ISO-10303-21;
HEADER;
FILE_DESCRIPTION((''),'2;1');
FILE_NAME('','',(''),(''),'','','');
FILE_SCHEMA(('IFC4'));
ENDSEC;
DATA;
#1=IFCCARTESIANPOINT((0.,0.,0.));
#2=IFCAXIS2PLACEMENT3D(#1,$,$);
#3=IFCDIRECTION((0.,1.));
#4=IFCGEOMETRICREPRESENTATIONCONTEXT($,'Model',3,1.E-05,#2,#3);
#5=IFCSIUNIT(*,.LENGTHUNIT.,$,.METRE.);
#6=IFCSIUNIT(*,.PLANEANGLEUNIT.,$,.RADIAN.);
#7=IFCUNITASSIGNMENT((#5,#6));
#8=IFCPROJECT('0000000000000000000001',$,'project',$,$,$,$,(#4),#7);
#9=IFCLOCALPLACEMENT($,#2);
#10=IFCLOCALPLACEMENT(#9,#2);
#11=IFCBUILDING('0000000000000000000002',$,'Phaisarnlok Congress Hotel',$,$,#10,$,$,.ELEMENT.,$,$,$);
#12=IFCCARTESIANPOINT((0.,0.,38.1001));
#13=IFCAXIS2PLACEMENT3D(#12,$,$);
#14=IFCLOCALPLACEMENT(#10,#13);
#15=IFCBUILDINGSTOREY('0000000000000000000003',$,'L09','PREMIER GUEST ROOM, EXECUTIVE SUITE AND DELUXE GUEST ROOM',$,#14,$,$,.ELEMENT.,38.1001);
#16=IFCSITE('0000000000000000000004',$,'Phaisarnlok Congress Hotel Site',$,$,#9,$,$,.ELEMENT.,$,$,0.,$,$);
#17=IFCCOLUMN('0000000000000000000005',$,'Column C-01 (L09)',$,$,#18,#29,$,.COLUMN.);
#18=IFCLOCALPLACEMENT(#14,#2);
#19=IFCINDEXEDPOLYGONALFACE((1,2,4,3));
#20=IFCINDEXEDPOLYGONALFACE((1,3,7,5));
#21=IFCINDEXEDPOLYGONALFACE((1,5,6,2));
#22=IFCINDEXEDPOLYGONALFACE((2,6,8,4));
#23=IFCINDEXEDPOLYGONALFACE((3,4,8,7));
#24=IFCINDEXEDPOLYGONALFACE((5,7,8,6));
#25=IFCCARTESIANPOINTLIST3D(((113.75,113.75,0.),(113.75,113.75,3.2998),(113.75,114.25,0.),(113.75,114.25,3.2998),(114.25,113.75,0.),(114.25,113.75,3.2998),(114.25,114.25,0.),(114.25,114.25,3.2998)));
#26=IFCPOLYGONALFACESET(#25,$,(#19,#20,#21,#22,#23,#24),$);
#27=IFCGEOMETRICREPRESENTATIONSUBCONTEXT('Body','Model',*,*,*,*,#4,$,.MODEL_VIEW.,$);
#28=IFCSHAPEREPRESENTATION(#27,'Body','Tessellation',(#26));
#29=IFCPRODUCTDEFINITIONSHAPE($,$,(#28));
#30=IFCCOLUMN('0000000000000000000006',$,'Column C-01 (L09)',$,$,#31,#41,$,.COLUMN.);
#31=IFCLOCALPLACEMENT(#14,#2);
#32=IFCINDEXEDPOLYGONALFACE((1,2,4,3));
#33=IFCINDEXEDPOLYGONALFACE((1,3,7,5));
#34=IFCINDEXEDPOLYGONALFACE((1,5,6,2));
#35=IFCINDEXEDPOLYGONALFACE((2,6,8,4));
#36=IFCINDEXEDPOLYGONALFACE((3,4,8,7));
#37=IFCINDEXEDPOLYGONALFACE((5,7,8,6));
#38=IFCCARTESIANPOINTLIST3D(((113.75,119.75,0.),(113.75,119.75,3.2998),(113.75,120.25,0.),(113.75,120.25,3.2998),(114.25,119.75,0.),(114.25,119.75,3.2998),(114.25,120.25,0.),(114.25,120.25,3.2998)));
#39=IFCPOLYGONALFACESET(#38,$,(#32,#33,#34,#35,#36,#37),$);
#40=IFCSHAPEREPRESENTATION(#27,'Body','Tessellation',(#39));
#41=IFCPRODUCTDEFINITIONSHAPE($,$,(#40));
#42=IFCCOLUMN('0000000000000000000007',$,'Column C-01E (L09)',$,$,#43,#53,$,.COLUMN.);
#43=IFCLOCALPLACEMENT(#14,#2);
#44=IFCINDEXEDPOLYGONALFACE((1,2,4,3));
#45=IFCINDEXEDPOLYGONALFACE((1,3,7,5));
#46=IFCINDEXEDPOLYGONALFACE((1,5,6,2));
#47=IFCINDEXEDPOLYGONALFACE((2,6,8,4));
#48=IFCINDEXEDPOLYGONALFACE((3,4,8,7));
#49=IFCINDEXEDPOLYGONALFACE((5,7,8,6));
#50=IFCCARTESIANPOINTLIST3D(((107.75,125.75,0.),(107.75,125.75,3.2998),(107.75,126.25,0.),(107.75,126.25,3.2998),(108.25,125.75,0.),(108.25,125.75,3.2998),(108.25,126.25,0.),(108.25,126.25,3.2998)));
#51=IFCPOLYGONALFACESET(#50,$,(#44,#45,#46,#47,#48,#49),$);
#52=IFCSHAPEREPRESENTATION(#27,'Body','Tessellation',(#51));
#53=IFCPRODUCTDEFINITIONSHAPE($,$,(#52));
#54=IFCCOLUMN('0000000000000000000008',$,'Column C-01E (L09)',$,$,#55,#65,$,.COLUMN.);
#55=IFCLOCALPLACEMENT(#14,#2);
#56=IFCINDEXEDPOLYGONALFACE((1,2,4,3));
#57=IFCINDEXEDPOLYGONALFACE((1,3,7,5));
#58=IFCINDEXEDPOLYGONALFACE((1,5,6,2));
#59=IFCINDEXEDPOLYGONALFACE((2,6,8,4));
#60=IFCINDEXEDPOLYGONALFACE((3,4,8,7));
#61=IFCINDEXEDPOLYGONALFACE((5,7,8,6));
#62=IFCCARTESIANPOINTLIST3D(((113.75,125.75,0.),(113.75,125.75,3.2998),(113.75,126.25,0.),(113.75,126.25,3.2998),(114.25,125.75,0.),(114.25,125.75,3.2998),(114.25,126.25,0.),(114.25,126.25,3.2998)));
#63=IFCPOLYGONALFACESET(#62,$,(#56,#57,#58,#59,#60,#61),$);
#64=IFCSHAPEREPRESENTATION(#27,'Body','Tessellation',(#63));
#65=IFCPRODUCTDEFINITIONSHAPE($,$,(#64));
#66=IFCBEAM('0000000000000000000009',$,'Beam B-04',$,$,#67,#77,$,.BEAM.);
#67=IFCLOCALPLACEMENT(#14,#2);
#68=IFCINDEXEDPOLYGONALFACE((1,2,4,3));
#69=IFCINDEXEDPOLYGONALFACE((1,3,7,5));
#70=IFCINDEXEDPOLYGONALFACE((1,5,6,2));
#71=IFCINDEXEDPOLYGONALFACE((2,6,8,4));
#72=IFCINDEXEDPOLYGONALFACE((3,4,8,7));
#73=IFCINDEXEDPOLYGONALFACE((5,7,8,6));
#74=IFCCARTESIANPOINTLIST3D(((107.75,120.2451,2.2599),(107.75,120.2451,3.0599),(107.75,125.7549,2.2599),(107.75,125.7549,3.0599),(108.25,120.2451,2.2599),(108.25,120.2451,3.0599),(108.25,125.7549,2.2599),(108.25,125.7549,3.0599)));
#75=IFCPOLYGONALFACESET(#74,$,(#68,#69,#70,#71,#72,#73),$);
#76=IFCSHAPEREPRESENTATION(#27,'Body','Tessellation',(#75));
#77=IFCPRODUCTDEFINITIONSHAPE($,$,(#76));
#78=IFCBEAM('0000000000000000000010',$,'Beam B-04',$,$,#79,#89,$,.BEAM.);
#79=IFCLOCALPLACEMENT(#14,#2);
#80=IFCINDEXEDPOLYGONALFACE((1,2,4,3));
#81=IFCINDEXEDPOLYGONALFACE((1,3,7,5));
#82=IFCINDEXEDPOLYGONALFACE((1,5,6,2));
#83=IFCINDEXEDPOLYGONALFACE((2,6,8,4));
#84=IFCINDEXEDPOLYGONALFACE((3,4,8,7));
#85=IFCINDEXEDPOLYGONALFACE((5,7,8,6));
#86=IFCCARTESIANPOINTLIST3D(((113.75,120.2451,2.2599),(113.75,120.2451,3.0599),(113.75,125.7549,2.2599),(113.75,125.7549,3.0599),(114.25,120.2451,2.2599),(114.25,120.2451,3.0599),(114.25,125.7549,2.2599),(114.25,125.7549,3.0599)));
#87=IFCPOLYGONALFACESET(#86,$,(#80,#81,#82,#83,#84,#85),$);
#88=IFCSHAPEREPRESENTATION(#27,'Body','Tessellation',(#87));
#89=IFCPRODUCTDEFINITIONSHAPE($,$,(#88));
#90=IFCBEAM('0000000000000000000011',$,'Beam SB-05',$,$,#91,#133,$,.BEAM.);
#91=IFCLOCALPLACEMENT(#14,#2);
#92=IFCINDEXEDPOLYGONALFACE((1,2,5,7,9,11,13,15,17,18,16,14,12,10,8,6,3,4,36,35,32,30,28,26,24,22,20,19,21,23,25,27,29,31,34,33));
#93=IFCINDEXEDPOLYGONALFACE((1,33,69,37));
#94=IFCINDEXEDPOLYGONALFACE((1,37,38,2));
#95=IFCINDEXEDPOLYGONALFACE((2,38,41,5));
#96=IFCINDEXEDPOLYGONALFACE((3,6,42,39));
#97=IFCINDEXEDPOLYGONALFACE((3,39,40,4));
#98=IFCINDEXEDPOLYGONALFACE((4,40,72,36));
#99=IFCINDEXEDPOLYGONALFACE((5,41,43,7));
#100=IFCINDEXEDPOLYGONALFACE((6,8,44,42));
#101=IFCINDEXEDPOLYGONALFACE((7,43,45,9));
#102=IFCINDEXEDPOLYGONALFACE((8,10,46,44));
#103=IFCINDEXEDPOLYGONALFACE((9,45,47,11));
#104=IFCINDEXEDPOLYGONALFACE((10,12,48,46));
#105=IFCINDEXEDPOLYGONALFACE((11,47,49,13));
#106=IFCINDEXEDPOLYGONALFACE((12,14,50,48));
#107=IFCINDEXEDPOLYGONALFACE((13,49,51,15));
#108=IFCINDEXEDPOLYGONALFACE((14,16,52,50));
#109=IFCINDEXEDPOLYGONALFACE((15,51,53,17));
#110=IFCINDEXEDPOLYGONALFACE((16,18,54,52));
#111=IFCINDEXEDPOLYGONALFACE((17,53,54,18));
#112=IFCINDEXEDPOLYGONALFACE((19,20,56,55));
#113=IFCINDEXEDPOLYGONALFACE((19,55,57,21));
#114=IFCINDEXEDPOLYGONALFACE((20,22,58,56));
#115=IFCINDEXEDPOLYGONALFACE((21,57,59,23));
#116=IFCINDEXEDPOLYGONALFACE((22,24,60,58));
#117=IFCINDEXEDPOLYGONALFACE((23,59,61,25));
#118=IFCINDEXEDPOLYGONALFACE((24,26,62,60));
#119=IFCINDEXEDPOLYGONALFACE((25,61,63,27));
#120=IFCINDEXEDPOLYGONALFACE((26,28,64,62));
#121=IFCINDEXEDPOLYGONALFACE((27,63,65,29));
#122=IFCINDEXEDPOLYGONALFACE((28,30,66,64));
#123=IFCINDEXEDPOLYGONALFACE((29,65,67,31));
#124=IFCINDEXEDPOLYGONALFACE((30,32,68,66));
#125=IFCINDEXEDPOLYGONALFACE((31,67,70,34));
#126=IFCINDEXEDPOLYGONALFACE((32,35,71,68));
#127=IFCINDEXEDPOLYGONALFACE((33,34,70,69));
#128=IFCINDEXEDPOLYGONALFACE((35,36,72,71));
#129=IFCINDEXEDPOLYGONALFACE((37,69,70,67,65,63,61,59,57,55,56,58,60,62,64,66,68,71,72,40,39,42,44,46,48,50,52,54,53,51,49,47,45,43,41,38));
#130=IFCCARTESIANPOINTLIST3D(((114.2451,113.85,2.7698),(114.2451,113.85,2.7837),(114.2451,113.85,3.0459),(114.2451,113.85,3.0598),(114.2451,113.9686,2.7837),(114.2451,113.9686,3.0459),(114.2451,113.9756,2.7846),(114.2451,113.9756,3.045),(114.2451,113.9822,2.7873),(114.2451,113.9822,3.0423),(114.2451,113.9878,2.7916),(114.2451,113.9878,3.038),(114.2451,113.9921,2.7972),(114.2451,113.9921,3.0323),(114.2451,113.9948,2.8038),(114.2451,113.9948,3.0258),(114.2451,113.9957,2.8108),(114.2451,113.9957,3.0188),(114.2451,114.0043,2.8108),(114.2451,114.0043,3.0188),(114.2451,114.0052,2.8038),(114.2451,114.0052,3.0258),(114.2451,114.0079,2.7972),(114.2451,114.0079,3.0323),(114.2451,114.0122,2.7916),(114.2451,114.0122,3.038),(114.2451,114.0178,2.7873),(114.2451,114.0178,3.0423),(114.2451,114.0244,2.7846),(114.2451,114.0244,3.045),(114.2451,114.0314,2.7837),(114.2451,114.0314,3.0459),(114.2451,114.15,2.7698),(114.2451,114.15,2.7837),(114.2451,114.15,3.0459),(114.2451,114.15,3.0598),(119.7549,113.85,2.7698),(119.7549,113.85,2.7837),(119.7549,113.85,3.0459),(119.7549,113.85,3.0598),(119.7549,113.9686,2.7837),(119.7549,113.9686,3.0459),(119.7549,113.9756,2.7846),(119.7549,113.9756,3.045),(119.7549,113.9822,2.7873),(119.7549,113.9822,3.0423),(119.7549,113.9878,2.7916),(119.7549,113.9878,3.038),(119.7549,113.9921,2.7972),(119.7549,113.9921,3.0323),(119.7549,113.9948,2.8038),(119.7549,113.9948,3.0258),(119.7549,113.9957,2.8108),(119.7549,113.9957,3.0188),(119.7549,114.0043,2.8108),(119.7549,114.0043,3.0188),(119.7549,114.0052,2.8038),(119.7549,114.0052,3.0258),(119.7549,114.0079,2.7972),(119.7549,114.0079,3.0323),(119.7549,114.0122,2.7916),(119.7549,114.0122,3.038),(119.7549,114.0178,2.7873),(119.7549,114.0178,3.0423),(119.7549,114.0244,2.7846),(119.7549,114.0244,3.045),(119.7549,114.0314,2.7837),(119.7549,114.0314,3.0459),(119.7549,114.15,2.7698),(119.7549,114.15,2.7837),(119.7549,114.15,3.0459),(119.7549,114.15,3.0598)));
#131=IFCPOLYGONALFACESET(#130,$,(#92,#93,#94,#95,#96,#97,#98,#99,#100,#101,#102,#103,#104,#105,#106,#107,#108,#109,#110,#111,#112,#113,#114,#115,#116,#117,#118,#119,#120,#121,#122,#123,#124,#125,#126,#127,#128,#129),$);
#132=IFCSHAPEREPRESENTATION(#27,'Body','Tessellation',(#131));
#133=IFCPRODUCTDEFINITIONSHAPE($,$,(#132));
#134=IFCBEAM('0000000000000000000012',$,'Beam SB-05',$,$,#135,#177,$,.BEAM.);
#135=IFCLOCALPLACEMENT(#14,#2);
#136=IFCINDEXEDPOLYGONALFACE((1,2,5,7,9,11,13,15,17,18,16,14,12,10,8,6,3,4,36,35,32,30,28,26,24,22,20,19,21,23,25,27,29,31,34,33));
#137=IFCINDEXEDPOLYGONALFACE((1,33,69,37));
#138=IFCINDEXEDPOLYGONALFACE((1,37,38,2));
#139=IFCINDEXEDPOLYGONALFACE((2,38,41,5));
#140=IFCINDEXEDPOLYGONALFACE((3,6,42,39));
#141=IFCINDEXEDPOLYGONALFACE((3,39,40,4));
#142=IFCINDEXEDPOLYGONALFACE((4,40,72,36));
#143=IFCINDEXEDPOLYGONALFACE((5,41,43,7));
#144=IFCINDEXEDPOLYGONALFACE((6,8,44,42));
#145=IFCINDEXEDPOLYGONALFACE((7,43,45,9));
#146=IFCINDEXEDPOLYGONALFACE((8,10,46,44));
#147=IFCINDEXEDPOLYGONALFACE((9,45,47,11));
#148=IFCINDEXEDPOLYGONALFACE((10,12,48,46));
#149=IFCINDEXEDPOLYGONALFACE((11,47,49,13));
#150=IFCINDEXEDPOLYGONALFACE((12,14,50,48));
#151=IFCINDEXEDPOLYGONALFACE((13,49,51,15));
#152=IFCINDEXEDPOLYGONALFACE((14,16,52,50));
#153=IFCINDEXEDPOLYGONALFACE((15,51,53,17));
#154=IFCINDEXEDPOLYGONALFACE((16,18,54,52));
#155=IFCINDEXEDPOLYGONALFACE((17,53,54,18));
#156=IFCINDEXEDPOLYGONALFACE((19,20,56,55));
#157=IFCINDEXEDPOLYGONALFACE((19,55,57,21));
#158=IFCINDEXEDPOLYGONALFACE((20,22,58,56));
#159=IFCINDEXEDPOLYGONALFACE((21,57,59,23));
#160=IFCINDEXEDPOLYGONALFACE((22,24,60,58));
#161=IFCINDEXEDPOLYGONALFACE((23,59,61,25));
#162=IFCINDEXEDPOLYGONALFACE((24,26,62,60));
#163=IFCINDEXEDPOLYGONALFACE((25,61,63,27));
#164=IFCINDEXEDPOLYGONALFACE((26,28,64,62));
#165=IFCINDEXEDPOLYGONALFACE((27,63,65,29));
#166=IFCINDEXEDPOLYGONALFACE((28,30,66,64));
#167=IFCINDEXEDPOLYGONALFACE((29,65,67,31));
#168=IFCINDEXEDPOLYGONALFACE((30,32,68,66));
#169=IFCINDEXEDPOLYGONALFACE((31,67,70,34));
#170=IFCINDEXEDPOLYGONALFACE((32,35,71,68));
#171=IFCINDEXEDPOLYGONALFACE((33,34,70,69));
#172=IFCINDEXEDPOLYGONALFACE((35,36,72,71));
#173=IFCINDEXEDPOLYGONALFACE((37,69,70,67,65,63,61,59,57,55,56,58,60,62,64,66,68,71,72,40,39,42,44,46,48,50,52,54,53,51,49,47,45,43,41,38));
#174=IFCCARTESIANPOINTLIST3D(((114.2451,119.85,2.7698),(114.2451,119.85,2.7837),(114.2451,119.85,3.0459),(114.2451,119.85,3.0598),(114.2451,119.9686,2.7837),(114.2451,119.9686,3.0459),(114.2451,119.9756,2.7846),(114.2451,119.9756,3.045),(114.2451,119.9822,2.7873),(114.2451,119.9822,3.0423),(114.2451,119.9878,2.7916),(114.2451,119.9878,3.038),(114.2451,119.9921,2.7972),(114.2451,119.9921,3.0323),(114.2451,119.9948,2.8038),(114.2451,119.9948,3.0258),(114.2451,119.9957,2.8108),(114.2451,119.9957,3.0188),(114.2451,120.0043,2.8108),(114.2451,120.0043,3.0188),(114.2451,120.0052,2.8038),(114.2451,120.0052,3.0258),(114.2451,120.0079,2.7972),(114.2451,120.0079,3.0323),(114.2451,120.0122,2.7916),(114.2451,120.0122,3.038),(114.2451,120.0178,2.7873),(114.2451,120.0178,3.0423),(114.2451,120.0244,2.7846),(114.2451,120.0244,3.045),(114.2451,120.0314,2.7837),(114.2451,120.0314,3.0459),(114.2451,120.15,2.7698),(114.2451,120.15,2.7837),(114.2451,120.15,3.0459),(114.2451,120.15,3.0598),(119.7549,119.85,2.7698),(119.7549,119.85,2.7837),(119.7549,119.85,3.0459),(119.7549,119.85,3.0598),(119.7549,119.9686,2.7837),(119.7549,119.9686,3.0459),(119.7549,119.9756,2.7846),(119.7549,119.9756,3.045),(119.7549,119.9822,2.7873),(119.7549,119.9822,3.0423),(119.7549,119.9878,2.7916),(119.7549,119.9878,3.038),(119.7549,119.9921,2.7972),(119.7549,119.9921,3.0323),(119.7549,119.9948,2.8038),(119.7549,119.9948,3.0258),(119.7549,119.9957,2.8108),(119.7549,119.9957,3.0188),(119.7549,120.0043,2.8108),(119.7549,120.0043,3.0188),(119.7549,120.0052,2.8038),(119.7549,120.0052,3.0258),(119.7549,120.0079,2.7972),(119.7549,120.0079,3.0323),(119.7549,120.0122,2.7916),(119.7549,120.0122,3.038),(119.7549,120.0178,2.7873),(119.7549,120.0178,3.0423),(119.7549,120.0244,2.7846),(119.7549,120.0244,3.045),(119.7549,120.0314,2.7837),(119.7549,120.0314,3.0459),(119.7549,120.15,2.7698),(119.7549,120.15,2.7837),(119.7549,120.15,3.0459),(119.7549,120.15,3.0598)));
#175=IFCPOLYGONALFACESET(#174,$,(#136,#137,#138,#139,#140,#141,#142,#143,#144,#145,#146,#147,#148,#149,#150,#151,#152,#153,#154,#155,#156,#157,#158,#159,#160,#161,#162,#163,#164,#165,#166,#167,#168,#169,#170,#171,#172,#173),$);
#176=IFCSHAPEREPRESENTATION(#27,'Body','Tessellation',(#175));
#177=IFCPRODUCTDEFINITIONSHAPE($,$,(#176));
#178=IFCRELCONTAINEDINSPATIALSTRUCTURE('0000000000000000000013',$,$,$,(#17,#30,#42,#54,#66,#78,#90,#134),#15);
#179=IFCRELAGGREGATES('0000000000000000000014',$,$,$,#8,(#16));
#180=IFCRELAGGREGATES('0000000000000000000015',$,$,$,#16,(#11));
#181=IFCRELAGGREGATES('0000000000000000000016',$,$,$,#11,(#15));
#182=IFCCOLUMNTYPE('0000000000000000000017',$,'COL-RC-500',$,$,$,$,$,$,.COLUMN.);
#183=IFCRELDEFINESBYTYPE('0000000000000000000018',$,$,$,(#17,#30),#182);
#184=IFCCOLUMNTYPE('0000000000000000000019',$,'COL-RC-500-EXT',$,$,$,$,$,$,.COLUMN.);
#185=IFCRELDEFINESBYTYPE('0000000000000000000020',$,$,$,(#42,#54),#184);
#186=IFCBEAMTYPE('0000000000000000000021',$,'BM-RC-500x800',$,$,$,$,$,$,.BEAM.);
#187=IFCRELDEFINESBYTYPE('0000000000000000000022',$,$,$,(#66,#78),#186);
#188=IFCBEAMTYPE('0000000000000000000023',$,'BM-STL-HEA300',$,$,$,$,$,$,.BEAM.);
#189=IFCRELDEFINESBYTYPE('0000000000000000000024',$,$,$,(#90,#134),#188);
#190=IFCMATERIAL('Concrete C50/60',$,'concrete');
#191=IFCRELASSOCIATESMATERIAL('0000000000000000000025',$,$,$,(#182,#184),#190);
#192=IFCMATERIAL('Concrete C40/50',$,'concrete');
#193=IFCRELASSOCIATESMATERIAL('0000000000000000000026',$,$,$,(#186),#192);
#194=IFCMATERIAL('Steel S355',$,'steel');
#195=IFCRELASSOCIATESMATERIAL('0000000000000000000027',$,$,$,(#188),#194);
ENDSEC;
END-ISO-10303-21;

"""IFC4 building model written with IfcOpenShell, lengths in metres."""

from ifc_helpers import new_model, si_unit, direction, frame, origin, origin_2d, place, context, subcontext, project, spatial, rectangle, i_section, extrude, material, material_profile, profile_set, type_object, element, save


model = new_model("IFC4")

# Units and contexts
model_context = context("Model", 3, precision=1e-05, world=origin(), true_north=direction((0.0, 1.0)))
body_context = subcontext(model_context, "Body", "Model", "MODEL_VIEW")
ifc_project = project(units=[si_unit("LENGTHUNIT", "METRE"), si_unit("PLANEANGLEUNIT", "RADIAN")], contexts=[model_context])

# Site, building, storey
site_placement = place(None, origin())
site = spatial("IfcSite", under=ifc_project, at=site_placement, Name="Phaisarnlok Congress Hotel Site", CompositionType="ELEMENT", RefElevation=0.0)
building_placement = place(site_placement, origin())
building = spatial("IfcBuilding", under=site, at=building_placement, Name="Phaisarnlok Congress Hotel", CompositionType="ELEMENT")
storey_placement = place(building_placement, frame((0.0, 0.0, 38.1001)))
storey = spatial("IfcBuildingStorey", under=building, at=storey_placement, Name="L09", Description="PREMIER GUEST ROOM, EXECUTIVE SUITE AND DELUXE GUEST ROOM", CompositionType="ELEMENT", Elevation=38.1001)

# Columns
ifc_material_1 = material(Name="Concrete C50/60", Category="concrete")
ifc_material_profile_1 = material_profile(ifc_material_1, rectangle(XDim=0.5, YDim=0.5, at=origin_2d()), Name="RC 500x500")
ifc_profile_set_1 = profile_set([ifc_material_profile_1], Name="Concrete C50/60")
column_type_1 = type_object("IfcColumnType", Name="COL-RC-500", PredefinedType="COLUMN", material=ifc_profile_set_1)
for number, where, z_axis, x_axis, name in (
    (1, (114.0, 114.0, 0.0), (0.0, 0.0, 1.0), (1.0, 0.0, 0.0), "Column C-01 (L09)"),
    (2, (114.0, 120.0, 0.0), (0.0, 0.0, 1.0), (1.0, 0.0, 0.0), "Column C-01 (L09)"),
):
    element("IfcColumn", number, at=place(storey_placement, frame(where, z_axis=z_axis, x_axis=x_axis)), inside=storey, type_object=column_type_1, Name=name, PredefinedType="COLUMN", context=body_context, shape_type="SweptSolid", body=[
        extrude(rectangle(XDim=0.5, YDim=0.5, at=origin_2d()), origin(), (0.0, 0.0, 1.0), 3.2998),
    ])
ifc_material_profile_2 = material_profile(ifc_material_1, rectangle(XDim=0.5, YDim=0.5, at=origin_2d()), Name="RC 500x500")
ifc_profile_set_2 = profile_set([ifc_material_profile_2], Name="Concrete C50/60")
column_type_2 = type_object("IfcColumnType", Name="COL-RC-500-EXT", PredefinedType="COLUMN", material=ifc_profile_set_2)
for number, where, z_axis, x_axis, name in (
    (3, (108.0, 126.0, 0.0), (0.0, 0.0, 1.0), (1.0, 0.0, 0.0), "Column C-01E (L09)"),
    (4, (114.0, 126.0, 0.0), (0.0, 0.0, 1.0), (1.0, 0.0, 0.0), "Column C-01E (L09)"),
):
    element("IfcColumn", number, at=place(storey_placement, frame(where, z_axis=z_axis, x_axis=x_axis)), inside=storey, type_object=column_type_2, Name=name, PredefinedType="COLUMN", context=body_context, shape_type="SweptSolid", body=[
        extrude(rectangle(XDim=0.5, YDim=0.5, at=origin_2d()), origin(), (0.0, 0.0, 1.0), 3.2998),
    ])

# Beams
ifc_material_2 = material(Name="Concrete C40/50", Category="concrete")
ifc_material_profile_3 = material_profile(ifc_material_2, rectangle(XDim=0.5, YDim=0.8, at=origin_2d()), Name="RC 500x800")
ifc_profile_set_3 = profile_set([ifc_material_profile_3], Name="Concrete C40/50")
beam_type_1 = type_object("IfcBeamType", Name="BM-RC-500x800", PredefinedType="BEAM", material=ifc_profile_set_3)
for number, where, z_axis, x_axis, name in (
    (5, (108.0, 120.2451, 2.6599), (0.0, 1.0, 0.0), (-1.0, 0.0, 0.0), "Beam B-04"),
    (6, (114.0, 120.2451, 2.6599), (0.0, 1.0, 0.0), (-1.0, 0.0, 0.0), "Beam B-04"),
):
    element("IfcBeam", number, at=place(storey_placement, frame(where, z_axis=z_axis, x_axis=x_axis)), inside=storey, type_object=beam_type_1, Name=name, PredefinedType="BEAM", context=body_context, shape_type="SweptSolid", body=[
        extrude(rectangle(XDim=0.5, YDim=0.8, at=origin_2d()), origin(), (0.0, 0.0, 1.0), 5.5098),
    ])
ifc_material_3 = material(Name="Steel S355", Category="steel")
ifc_material_profile_4 = material_profile(ifc_material_3, i_section(OverallWidth=0.3, OverallDepth=0.29, WebThickness=0.0085, FlangeThickness=0.0139, FilletRadius=0.0271, at=origin_2d()), Name="HEA 300")
ifc_profile_set_4 = profile_set([ifc_material_profile_4], Name="Steel S355")
beam_type_2 = type_object("IfcBeamType", Name="BM-STL-HEA300", PredefinedType="BEAM", material=ifc_profile_set_4)
for number, where, z_axis, x_axis, name in (
    (7, (114.2451, 114.0, 2.9148), (1.0, 0.0, 0.0), (0.0, 1.0, 0.0), "Beam SB-05"),
    (8, (114.2451, 120.0, 2.9148), (1.0, 0.0, 0.0), (0.0, 1.0, 0.0), "Beam SB-05"),
):
    element("IfcBeam", number, at=place(storey_placement, frame(where, z_axis=z_axis, x_axis=x_axis)), inside=storey, type_object=beam_type_2, Name=name, PredefinedType="BEAM", context=body_context, shape_type="SweptSolid", body=[
        extrude(i_section(OverallWidth=0.3, OverallDepth=0.29, WebThickness=0.0085, FlangeThickness=0.0139, FilletRadius=0.0271, at=origin_2d()), origin(), (0.0, 0.0, 1.0), 5.5098),
    ])

save(model, "model.ifc")
